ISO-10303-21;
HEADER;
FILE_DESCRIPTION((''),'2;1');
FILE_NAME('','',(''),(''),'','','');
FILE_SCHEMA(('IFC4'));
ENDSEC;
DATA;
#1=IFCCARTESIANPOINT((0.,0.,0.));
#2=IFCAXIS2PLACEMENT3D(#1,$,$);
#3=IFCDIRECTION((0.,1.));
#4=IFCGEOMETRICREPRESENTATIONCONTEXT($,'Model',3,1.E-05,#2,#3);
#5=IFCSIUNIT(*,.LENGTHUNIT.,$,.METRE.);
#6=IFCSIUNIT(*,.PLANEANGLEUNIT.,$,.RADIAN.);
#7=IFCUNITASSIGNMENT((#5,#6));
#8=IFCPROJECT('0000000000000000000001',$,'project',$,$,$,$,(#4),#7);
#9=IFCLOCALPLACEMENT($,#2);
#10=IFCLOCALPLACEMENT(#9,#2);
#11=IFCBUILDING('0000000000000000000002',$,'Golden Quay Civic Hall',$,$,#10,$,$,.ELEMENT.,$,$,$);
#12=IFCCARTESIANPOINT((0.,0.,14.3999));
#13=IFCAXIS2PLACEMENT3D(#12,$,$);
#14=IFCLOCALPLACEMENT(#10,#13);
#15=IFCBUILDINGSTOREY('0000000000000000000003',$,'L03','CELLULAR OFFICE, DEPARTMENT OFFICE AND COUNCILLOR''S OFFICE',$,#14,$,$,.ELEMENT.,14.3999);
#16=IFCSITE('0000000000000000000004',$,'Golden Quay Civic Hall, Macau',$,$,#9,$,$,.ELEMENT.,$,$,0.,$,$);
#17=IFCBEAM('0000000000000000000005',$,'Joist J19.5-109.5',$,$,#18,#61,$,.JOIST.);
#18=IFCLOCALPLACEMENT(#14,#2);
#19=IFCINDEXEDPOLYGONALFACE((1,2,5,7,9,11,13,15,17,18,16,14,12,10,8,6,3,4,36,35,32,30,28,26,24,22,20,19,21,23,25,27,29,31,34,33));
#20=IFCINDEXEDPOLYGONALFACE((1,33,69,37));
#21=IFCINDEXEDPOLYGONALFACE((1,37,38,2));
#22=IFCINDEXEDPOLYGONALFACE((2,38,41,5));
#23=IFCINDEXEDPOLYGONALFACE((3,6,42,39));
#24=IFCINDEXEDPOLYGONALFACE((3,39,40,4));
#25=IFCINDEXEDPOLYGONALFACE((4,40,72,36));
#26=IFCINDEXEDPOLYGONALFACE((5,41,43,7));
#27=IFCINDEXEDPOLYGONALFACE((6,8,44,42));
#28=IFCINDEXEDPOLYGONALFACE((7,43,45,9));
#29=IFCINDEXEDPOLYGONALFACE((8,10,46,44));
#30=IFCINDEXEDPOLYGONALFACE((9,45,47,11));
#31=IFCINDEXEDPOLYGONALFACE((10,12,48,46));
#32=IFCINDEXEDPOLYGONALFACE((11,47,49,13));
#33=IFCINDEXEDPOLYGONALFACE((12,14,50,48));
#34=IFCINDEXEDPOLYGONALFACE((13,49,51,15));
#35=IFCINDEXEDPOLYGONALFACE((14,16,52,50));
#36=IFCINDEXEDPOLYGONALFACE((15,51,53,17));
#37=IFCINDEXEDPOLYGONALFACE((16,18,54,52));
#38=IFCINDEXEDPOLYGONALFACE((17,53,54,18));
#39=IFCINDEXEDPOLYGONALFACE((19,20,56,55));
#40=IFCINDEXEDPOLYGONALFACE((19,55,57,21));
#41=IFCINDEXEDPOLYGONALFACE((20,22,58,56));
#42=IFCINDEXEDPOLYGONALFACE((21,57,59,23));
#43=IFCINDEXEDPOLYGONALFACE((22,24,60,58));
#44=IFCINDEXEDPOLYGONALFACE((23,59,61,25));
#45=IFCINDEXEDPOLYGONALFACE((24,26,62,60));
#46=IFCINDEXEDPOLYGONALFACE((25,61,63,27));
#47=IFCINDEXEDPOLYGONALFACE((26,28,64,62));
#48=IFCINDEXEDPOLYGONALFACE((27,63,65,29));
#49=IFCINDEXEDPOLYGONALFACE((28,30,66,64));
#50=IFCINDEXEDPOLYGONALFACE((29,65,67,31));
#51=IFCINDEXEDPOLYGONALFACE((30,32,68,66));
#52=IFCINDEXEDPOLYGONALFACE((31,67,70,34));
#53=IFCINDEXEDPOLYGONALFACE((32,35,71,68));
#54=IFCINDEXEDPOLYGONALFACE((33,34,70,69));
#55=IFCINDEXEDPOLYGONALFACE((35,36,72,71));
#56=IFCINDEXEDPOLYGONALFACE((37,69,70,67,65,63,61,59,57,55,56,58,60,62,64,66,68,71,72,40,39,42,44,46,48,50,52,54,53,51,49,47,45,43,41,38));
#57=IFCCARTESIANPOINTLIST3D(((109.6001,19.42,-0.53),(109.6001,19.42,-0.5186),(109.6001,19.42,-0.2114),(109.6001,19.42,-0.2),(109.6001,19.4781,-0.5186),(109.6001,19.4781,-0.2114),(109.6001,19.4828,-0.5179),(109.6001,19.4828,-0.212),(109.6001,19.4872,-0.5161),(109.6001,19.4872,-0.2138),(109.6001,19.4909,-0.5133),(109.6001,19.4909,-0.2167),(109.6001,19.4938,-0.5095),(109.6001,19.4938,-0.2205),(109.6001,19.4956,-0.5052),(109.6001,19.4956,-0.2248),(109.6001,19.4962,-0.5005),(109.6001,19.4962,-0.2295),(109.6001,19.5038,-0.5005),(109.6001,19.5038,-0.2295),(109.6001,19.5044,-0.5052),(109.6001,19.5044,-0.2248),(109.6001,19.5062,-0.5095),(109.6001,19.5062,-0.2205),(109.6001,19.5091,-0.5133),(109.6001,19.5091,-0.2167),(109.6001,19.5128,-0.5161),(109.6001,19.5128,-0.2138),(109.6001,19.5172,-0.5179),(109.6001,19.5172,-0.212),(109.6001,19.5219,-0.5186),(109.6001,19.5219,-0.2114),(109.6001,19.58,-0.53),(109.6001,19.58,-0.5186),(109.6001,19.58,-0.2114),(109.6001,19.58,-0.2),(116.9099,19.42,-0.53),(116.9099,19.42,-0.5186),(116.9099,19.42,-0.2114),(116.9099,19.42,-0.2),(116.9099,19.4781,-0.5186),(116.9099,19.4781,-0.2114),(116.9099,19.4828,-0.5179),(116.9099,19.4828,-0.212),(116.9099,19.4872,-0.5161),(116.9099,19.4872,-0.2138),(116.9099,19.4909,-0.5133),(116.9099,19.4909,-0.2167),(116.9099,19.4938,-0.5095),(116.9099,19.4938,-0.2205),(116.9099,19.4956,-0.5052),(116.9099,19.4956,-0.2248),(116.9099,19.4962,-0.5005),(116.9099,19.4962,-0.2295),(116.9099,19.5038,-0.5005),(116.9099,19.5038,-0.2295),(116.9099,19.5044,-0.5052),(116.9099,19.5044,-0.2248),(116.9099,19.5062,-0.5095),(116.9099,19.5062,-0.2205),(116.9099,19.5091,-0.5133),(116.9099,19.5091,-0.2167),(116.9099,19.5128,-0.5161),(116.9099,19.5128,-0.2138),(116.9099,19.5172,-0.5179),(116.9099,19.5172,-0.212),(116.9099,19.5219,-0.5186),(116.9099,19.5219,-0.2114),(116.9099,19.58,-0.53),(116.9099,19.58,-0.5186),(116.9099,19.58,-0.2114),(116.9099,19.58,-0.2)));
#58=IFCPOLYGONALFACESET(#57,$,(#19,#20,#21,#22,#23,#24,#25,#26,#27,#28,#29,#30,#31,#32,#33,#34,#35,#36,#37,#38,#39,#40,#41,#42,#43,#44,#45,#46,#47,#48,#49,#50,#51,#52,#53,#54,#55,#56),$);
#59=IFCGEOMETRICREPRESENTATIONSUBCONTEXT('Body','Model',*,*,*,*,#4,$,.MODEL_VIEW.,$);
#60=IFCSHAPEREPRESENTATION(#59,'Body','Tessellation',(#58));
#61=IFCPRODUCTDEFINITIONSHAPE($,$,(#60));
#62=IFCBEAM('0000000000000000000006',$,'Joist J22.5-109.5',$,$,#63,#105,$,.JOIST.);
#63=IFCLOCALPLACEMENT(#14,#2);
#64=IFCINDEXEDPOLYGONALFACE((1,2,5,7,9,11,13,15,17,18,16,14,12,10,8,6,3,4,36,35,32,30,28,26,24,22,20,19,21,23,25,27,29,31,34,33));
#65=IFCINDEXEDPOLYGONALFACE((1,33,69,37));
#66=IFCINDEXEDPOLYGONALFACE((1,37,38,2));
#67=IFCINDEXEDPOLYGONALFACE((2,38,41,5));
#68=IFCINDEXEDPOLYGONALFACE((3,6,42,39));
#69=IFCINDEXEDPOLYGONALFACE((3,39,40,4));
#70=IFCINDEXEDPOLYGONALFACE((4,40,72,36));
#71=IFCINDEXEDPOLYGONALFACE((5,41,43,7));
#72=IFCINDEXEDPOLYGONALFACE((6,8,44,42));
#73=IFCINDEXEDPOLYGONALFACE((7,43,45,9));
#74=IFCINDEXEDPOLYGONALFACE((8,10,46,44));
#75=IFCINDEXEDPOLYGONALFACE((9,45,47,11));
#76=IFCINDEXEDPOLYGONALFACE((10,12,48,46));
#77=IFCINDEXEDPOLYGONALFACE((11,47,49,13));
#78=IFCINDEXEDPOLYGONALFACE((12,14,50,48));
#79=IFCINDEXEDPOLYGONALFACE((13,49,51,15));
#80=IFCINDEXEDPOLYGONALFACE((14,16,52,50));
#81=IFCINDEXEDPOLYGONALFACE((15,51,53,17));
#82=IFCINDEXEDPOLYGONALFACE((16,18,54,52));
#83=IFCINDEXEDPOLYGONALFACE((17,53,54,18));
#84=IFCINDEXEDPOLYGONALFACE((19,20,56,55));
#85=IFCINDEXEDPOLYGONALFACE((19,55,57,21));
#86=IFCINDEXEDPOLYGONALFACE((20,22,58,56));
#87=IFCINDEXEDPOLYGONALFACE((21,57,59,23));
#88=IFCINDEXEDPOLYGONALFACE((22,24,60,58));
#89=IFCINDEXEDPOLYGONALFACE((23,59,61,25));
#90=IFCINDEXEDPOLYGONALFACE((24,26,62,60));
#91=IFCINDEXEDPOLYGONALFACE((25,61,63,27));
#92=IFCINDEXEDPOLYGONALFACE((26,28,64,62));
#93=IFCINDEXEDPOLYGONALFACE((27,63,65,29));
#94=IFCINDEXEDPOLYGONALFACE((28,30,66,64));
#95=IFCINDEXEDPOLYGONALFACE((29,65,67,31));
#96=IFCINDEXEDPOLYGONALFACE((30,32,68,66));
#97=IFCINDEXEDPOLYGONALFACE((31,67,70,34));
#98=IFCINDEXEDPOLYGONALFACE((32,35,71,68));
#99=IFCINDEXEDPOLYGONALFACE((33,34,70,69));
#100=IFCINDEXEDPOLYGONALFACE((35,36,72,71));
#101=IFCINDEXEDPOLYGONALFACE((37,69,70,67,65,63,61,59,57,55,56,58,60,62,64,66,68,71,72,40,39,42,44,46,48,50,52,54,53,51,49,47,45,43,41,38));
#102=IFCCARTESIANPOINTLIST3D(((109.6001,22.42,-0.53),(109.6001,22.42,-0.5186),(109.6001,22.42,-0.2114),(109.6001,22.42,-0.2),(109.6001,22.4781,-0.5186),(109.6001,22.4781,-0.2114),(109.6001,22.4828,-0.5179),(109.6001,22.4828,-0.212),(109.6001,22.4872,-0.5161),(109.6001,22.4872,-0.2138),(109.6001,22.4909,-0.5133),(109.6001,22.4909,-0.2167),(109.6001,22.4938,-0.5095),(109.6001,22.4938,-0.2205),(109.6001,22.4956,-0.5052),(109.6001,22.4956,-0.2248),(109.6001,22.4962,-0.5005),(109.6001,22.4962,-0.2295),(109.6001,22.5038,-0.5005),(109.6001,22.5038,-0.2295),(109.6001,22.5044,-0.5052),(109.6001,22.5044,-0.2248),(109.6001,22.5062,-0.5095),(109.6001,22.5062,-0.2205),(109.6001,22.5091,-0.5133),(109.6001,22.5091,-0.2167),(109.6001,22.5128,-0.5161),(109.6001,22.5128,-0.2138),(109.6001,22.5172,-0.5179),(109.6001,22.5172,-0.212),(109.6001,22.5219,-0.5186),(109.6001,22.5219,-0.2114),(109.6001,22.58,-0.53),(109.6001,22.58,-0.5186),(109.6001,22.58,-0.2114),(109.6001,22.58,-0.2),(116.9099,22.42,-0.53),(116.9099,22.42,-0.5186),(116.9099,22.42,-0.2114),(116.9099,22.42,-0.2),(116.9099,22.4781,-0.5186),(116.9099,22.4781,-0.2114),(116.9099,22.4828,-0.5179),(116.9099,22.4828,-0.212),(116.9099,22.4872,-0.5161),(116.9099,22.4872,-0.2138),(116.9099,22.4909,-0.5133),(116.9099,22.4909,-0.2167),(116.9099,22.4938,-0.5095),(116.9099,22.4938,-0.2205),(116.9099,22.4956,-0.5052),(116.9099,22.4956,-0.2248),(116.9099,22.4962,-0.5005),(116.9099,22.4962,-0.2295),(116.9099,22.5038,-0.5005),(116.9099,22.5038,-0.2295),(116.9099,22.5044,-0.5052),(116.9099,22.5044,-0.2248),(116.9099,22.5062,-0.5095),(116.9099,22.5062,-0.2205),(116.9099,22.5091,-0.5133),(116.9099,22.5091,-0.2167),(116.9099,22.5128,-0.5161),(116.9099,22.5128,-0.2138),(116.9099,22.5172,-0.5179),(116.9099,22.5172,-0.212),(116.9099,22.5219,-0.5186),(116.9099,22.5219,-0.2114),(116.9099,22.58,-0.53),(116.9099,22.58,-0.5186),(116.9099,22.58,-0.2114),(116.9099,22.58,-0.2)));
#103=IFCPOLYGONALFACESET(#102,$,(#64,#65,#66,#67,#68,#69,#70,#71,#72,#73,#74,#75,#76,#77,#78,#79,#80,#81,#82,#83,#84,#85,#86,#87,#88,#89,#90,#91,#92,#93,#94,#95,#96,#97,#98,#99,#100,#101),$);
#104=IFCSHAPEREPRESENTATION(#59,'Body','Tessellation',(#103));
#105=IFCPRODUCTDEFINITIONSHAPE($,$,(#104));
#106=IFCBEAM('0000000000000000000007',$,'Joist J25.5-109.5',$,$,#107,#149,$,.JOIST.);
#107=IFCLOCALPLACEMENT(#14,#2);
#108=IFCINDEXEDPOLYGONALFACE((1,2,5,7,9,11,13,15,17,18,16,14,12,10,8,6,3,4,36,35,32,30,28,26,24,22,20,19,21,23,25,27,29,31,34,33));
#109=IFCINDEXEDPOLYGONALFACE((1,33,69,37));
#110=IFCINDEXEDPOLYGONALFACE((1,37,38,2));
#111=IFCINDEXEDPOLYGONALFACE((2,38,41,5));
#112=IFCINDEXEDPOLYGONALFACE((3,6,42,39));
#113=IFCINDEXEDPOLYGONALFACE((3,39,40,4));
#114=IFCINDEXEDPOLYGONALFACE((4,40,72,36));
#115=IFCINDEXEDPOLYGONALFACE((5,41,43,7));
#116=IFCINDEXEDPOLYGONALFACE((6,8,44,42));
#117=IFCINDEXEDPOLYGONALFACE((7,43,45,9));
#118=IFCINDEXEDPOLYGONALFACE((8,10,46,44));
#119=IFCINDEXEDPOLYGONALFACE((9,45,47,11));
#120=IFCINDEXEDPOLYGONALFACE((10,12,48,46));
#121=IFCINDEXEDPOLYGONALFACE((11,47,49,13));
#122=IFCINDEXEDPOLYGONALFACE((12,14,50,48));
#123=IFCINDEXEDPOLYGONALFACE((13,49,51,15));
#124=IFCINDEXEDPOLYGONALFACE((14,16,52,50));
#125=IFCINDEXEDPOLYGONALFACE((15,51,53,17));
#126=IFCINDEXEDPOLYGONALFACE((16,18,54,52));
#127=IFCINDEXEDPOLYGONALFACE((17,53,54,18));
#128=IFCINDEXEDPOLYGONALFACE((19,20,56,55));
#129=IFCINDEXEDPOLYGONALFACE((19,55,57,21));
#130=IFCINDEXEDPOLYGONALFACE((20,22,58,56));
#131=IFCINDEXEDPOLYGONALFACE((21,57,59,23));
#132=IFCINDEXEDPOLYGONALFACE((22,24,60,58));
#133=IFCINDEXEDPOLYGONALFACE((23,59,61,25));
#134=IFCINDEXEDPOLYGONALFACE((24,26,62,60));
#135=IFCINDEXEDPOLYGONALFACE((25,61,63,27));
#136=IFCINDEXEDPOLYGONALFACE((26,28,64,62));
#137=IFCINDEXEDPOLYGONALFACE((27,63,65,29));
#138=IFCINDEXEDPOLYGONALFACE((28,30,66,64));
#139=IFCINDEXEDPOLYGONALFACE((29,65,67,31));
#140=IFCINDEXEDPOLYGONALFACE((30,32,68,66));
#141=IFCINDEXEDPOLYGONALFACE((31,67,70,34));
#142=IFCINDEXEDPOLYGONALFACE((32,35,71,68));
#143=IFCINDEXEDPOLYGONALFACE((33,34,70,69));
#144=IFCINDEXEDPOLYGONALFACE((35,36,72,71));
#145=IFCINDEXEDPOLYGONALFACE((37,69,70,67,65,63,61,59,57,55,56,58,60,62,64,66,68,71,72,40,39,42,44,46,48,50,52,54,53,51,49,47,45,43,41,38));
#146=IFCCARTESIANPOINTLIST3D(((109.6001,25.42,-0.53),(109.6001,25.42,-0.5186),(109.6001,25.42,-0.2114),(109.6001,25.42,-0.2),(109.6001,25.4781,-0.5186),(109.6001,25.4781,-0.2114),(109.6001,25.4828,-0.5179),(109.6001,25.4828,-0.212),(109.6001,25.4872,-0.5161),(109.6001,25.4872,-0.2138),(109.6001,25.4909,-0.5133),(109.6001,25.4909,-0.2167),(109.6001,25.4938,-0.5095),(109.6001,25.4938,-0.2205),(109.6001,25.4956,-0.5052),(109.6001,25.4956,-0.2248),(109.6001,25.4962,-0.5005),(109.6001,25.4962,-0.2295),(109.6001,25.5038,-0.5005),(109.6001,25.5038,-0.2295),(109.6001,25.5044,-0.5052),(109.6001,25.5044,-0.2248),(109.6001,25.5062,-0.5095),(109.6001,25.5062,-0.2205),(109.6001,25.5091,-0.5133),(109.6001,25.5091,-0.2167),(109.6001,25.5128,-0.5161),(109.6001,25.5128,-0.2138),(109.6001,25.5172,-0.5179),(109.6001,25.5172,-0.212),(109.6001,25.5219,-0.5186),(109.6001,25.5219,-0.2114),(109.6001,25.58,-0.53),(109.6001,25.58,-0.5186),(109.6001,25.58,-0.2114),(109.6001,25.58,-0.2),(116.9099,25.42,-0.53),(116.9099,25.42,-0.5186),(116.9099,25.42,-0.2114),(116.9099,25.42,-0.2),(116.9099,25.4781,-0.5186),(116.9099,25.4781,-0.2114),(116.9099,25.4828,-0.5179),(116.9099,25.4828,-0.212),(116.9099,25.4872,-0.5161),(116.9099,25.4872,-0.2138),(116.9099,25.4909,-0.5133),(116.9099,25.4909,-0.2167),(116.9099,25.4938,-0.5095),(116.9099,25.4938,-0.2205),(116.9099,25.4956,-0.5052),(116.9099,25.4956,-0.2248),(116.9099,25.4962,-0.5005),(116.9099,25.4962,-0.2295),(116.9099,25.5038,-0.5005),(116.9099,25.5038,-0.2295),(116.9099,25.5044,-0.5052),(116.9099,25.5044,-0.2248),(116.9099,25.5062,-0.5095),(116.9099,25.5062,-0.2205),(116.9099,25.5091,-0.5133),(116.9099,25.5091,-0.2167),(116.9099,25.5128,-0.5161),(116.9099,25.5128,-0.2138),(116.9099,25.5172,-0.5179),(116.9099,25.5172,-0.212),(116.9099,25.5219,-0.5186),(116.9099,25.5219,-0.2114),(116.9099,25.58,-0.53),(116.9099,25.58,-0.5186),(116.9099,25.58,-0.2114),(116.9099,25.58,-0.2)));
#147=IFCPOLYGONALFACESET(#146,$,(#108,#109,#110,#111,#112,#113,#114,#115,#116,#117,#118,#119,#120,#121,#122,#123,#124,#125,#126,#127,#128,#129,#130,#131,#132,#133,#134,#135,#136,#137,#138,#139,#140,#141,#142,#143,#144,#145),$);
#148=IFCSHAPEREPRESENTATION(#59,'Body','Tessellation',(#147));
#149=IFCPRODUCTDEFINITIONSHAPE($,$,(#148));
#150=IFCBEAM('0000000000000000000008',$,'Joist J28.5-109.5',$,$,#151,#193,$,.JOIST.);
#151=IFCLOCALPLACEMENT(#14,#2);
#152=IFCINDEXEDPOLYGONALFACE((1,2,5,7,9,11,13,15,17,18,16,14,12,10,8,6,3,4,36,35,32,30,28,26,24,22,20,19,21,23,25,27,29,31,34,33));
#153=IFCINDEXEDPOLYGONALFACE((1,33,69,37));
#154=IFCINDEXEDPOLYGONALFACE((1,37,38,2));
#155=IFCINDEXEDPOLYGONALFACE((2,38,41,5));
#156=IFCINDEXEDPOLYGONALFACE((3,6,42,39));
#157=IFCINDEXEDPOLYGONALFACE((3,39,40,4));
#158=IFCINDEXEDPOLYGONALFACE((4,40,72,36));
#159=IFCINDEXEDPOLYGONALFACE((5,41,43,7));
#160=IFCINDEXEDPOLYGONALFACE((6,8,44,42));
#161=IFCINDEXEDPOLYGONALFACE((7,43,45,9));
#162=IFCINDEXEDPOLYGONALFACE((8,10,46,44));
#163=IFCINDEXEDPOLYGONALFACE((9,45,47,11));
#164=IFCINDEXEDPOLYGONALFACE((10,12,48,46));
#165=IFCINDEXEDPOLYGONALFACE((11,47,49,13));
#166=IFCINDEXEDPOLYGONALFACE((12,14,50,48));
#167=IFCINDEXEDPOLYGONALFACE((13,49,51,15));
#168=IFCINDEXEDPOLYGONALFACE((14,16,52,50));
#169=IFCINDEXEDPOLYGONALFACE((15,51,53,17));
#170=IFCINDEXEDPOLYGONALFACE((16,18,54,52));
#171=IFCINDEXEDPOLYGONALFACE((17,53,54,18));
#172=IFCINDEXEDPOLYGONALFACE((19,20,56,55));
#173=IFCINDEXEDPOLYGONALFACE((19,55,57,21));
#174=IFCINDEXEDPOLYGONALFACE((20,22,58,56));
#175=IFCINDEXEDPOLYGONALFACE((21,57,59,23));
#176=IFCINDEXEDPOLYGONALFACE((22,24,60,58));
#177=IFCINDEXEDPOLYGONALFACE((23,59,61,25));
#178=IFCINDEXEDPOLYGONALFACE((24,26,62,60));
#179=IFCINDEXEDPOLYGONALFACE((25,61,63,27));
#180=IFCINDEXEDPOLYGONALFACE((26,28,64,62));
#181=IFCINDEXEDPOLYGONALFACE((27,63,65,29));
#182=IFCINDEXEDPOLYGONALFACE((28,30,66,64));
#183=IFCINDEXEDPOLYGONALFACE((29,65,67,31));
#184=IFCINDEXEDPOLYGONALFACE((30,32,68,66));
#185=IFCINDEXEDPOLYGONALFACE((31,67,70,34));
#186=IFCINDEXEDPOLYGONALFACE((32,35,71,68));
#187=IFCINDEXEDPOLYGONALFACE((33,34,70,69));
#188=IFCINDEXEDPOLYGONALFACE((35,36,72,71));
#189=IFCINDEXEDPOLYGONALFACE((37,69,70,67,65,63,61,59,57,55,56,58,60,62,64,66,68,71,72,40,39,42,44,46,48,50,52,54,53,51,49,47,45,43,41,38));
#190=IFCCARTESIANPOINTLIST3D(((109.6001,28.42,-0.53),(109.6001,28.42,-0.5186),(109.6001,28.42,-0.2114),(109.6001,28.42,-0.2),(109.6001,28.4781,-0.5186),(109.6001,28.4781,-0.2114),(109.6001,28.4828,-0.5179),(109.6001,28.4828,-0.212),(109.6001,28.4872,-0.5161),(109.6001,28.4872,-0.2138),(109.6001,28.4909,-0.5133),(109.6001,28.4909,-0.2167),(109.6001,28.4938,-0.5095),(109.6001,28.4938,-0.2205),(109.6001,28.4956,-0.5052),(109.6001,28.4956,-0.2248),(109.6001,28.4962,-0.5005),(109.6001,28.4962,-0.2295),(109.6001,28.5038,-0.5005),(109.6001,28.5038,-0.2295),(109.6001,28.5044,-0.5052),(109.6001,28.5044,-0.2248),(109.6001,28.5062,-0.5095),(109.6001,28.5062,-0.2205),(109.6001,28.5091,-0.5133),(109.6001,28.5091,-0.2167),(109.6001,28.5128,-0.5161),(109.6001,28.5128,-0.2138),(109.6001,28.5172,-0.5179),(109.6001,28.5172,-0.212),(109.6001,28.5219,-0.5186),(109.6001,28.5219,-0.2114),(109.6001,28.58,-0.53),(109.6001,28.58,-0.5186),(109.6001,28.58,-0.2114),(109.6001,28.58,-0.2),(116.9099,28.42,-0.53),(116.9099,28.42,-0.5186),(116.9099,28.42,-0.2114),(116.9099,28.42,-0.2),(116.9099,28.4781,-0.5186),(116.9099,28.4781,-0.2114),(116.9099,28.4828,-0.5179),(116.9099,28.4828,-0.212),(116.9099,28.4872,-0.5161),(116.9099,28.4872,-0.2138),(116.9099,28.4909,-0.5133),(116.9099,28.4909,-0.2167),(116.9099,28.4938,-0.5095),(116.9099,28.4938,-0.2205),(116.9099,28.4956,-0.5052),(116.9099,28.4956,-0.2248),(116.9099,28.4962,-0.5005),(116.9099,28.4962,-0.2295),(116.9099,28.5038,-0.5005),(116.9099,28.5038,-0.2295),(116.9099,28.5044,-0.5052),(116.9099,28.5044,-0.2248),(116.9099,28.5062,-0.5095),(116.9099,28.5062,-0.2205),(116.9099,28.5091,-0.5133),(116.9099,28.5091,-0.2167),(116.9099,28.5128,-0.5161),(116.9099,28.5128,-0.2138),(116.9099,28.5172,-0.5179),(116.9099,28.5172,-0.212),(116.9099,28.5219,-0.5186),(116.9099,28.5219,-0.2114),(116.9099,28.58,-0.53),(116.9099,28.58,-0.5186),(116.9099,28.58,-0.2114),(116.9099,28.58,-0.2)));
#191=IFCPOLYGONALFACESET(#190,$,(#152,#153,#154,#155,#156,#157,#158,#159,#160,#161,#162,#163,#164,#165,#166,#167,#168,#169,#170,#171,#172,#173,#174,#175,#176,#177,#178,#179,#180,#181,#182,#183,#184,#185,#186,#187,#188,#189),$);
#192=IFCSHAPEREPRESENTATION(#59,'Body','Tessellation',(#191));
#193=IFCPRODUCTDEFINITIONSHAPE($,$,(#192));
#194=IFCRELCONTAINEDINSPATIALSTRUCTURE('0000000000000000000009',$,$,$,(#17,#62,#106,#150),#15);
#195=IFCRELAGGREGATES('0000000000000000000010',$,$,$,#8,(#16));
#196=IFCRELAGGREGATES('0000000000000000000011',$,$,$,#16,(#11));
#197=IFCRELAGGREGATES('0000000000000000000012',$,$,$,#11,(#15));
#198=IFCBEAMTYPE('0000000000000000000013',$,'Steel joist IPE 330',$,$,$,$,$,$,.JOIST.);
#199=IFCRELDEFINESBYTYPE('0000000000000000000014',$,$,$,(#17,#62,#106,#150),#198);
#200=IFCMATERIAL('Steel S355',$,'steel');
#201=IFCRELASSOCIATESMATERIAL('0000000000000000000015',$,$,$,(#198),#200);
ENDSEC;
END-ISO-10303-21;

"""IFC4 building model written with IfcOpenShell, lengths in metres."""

from ifc_helpers import new_model, si_unit, direction, frame, origin, origin_2d, place, context, subcontext, project, spatial, i_section, extrude, material, material_profile, profile_set, type_object, element, save


model = new_model("IFC4")

# Units and contexts
model_context = context("Model", 3, precision=1e-05, world=origin(), true_north=direction((0.0, 1.0)))
body_context = subcontext(model_context, "Body", "Model", "MODEL_VIEW")
ifc_project = project(units=[si_unit("LENGTHUNIT", "METRE"), si_unit("PLANEANGLEUNIT", "RADIAN")], contexts=[model_context])

# Site, building, storey
site_placement = place(None, origin())
site = spatial("IfcSite", under=ifc_project, at=site_placement, Name="Golden Quay Civic Hall, Macau", CompositionType="ELEMENT", RefElevation=0.0)
building_placement = place(site_placement, origin())
building = spatial("IfcBuilding", under=site, at=building_placement, Name="Golden Quay Civic Hall", CompositionType="ELEMENT")
storey_placement = place(building_placement, frame((0.0, 0.0, 14.3999)))
storey = spatial("IfcBuildingStorey", under=building, at=storey_placement, Name="L03", Description="CELLULAR OFFICE, DEPARTMENT OFFICE AND COUNCILLOR'S OFFICE", CompositionType="ELEMENT", Elevation=14.3999)

# Beams
ifc_material_1 = material(Name="Steel S355", Category="steel")
ifc_material_profile_1 = material_profile(ifc_material_1, i_section(OverallWidth=0.1599, OverallDepth=0.3301, WebThickness=0.0076, FlangeThickness=0.0115, FilletRadius=0.0181, at=origin_2d()), Name="IPE 330")
ifc_profile_set_1 = profile_set([ifc_material_profile_1], Name="Steel S355")
beam_type_1 = type_object("IfcBeamType", Name="Steel joist IPE 330", PredefinedType="JOIST", material=ifc_profile_set_1)
for number, where, z_axis, x_axis, name in (
    (1, (109.6001, 19.5, -0.365), (1.0, 0.0, 0.0), (0.0, 1.0, 0.0), "Joist J19.5-109.5"),
    (2, (109.6001, 22.5, -0.365), (1.0, 0.0, 0.0), (0.0, 1.0, 0.0), "Joist J22.5-109.5"),
    (3, (109.6001, 25.5, -0.365), (1.0, 0.0, 0.0), (0.0, 1.0, 0.0), "Joist J25.5-109.5"),
    (4, (109.6001, 28.5, -0.365), (1.0, 0.0, 0.0), (0.0, 1.0, 0.0), "Joist J28.5-109.5"),
):
    element("IfcBeam", number, at=place(storey_placement, frame(where, z_axis=z_axis, x_axis=x_axis)), inside=storey, type_object=beam_type_1, Name=name, PredefinedType="JOIST", context=body_context, shape_type="SweptSolid", body=[
        extrude(i_section(OverallWidth=0.1599, OverallDepth=0.3301, WebThickness=0.0076, FlangeThickness=0.0115, FilletRadius=0.0181, at=origin_2d()), origin(), (0.0, 0.0, 1.0), 7.3098),
    ])

save(model, "model.ifc")
